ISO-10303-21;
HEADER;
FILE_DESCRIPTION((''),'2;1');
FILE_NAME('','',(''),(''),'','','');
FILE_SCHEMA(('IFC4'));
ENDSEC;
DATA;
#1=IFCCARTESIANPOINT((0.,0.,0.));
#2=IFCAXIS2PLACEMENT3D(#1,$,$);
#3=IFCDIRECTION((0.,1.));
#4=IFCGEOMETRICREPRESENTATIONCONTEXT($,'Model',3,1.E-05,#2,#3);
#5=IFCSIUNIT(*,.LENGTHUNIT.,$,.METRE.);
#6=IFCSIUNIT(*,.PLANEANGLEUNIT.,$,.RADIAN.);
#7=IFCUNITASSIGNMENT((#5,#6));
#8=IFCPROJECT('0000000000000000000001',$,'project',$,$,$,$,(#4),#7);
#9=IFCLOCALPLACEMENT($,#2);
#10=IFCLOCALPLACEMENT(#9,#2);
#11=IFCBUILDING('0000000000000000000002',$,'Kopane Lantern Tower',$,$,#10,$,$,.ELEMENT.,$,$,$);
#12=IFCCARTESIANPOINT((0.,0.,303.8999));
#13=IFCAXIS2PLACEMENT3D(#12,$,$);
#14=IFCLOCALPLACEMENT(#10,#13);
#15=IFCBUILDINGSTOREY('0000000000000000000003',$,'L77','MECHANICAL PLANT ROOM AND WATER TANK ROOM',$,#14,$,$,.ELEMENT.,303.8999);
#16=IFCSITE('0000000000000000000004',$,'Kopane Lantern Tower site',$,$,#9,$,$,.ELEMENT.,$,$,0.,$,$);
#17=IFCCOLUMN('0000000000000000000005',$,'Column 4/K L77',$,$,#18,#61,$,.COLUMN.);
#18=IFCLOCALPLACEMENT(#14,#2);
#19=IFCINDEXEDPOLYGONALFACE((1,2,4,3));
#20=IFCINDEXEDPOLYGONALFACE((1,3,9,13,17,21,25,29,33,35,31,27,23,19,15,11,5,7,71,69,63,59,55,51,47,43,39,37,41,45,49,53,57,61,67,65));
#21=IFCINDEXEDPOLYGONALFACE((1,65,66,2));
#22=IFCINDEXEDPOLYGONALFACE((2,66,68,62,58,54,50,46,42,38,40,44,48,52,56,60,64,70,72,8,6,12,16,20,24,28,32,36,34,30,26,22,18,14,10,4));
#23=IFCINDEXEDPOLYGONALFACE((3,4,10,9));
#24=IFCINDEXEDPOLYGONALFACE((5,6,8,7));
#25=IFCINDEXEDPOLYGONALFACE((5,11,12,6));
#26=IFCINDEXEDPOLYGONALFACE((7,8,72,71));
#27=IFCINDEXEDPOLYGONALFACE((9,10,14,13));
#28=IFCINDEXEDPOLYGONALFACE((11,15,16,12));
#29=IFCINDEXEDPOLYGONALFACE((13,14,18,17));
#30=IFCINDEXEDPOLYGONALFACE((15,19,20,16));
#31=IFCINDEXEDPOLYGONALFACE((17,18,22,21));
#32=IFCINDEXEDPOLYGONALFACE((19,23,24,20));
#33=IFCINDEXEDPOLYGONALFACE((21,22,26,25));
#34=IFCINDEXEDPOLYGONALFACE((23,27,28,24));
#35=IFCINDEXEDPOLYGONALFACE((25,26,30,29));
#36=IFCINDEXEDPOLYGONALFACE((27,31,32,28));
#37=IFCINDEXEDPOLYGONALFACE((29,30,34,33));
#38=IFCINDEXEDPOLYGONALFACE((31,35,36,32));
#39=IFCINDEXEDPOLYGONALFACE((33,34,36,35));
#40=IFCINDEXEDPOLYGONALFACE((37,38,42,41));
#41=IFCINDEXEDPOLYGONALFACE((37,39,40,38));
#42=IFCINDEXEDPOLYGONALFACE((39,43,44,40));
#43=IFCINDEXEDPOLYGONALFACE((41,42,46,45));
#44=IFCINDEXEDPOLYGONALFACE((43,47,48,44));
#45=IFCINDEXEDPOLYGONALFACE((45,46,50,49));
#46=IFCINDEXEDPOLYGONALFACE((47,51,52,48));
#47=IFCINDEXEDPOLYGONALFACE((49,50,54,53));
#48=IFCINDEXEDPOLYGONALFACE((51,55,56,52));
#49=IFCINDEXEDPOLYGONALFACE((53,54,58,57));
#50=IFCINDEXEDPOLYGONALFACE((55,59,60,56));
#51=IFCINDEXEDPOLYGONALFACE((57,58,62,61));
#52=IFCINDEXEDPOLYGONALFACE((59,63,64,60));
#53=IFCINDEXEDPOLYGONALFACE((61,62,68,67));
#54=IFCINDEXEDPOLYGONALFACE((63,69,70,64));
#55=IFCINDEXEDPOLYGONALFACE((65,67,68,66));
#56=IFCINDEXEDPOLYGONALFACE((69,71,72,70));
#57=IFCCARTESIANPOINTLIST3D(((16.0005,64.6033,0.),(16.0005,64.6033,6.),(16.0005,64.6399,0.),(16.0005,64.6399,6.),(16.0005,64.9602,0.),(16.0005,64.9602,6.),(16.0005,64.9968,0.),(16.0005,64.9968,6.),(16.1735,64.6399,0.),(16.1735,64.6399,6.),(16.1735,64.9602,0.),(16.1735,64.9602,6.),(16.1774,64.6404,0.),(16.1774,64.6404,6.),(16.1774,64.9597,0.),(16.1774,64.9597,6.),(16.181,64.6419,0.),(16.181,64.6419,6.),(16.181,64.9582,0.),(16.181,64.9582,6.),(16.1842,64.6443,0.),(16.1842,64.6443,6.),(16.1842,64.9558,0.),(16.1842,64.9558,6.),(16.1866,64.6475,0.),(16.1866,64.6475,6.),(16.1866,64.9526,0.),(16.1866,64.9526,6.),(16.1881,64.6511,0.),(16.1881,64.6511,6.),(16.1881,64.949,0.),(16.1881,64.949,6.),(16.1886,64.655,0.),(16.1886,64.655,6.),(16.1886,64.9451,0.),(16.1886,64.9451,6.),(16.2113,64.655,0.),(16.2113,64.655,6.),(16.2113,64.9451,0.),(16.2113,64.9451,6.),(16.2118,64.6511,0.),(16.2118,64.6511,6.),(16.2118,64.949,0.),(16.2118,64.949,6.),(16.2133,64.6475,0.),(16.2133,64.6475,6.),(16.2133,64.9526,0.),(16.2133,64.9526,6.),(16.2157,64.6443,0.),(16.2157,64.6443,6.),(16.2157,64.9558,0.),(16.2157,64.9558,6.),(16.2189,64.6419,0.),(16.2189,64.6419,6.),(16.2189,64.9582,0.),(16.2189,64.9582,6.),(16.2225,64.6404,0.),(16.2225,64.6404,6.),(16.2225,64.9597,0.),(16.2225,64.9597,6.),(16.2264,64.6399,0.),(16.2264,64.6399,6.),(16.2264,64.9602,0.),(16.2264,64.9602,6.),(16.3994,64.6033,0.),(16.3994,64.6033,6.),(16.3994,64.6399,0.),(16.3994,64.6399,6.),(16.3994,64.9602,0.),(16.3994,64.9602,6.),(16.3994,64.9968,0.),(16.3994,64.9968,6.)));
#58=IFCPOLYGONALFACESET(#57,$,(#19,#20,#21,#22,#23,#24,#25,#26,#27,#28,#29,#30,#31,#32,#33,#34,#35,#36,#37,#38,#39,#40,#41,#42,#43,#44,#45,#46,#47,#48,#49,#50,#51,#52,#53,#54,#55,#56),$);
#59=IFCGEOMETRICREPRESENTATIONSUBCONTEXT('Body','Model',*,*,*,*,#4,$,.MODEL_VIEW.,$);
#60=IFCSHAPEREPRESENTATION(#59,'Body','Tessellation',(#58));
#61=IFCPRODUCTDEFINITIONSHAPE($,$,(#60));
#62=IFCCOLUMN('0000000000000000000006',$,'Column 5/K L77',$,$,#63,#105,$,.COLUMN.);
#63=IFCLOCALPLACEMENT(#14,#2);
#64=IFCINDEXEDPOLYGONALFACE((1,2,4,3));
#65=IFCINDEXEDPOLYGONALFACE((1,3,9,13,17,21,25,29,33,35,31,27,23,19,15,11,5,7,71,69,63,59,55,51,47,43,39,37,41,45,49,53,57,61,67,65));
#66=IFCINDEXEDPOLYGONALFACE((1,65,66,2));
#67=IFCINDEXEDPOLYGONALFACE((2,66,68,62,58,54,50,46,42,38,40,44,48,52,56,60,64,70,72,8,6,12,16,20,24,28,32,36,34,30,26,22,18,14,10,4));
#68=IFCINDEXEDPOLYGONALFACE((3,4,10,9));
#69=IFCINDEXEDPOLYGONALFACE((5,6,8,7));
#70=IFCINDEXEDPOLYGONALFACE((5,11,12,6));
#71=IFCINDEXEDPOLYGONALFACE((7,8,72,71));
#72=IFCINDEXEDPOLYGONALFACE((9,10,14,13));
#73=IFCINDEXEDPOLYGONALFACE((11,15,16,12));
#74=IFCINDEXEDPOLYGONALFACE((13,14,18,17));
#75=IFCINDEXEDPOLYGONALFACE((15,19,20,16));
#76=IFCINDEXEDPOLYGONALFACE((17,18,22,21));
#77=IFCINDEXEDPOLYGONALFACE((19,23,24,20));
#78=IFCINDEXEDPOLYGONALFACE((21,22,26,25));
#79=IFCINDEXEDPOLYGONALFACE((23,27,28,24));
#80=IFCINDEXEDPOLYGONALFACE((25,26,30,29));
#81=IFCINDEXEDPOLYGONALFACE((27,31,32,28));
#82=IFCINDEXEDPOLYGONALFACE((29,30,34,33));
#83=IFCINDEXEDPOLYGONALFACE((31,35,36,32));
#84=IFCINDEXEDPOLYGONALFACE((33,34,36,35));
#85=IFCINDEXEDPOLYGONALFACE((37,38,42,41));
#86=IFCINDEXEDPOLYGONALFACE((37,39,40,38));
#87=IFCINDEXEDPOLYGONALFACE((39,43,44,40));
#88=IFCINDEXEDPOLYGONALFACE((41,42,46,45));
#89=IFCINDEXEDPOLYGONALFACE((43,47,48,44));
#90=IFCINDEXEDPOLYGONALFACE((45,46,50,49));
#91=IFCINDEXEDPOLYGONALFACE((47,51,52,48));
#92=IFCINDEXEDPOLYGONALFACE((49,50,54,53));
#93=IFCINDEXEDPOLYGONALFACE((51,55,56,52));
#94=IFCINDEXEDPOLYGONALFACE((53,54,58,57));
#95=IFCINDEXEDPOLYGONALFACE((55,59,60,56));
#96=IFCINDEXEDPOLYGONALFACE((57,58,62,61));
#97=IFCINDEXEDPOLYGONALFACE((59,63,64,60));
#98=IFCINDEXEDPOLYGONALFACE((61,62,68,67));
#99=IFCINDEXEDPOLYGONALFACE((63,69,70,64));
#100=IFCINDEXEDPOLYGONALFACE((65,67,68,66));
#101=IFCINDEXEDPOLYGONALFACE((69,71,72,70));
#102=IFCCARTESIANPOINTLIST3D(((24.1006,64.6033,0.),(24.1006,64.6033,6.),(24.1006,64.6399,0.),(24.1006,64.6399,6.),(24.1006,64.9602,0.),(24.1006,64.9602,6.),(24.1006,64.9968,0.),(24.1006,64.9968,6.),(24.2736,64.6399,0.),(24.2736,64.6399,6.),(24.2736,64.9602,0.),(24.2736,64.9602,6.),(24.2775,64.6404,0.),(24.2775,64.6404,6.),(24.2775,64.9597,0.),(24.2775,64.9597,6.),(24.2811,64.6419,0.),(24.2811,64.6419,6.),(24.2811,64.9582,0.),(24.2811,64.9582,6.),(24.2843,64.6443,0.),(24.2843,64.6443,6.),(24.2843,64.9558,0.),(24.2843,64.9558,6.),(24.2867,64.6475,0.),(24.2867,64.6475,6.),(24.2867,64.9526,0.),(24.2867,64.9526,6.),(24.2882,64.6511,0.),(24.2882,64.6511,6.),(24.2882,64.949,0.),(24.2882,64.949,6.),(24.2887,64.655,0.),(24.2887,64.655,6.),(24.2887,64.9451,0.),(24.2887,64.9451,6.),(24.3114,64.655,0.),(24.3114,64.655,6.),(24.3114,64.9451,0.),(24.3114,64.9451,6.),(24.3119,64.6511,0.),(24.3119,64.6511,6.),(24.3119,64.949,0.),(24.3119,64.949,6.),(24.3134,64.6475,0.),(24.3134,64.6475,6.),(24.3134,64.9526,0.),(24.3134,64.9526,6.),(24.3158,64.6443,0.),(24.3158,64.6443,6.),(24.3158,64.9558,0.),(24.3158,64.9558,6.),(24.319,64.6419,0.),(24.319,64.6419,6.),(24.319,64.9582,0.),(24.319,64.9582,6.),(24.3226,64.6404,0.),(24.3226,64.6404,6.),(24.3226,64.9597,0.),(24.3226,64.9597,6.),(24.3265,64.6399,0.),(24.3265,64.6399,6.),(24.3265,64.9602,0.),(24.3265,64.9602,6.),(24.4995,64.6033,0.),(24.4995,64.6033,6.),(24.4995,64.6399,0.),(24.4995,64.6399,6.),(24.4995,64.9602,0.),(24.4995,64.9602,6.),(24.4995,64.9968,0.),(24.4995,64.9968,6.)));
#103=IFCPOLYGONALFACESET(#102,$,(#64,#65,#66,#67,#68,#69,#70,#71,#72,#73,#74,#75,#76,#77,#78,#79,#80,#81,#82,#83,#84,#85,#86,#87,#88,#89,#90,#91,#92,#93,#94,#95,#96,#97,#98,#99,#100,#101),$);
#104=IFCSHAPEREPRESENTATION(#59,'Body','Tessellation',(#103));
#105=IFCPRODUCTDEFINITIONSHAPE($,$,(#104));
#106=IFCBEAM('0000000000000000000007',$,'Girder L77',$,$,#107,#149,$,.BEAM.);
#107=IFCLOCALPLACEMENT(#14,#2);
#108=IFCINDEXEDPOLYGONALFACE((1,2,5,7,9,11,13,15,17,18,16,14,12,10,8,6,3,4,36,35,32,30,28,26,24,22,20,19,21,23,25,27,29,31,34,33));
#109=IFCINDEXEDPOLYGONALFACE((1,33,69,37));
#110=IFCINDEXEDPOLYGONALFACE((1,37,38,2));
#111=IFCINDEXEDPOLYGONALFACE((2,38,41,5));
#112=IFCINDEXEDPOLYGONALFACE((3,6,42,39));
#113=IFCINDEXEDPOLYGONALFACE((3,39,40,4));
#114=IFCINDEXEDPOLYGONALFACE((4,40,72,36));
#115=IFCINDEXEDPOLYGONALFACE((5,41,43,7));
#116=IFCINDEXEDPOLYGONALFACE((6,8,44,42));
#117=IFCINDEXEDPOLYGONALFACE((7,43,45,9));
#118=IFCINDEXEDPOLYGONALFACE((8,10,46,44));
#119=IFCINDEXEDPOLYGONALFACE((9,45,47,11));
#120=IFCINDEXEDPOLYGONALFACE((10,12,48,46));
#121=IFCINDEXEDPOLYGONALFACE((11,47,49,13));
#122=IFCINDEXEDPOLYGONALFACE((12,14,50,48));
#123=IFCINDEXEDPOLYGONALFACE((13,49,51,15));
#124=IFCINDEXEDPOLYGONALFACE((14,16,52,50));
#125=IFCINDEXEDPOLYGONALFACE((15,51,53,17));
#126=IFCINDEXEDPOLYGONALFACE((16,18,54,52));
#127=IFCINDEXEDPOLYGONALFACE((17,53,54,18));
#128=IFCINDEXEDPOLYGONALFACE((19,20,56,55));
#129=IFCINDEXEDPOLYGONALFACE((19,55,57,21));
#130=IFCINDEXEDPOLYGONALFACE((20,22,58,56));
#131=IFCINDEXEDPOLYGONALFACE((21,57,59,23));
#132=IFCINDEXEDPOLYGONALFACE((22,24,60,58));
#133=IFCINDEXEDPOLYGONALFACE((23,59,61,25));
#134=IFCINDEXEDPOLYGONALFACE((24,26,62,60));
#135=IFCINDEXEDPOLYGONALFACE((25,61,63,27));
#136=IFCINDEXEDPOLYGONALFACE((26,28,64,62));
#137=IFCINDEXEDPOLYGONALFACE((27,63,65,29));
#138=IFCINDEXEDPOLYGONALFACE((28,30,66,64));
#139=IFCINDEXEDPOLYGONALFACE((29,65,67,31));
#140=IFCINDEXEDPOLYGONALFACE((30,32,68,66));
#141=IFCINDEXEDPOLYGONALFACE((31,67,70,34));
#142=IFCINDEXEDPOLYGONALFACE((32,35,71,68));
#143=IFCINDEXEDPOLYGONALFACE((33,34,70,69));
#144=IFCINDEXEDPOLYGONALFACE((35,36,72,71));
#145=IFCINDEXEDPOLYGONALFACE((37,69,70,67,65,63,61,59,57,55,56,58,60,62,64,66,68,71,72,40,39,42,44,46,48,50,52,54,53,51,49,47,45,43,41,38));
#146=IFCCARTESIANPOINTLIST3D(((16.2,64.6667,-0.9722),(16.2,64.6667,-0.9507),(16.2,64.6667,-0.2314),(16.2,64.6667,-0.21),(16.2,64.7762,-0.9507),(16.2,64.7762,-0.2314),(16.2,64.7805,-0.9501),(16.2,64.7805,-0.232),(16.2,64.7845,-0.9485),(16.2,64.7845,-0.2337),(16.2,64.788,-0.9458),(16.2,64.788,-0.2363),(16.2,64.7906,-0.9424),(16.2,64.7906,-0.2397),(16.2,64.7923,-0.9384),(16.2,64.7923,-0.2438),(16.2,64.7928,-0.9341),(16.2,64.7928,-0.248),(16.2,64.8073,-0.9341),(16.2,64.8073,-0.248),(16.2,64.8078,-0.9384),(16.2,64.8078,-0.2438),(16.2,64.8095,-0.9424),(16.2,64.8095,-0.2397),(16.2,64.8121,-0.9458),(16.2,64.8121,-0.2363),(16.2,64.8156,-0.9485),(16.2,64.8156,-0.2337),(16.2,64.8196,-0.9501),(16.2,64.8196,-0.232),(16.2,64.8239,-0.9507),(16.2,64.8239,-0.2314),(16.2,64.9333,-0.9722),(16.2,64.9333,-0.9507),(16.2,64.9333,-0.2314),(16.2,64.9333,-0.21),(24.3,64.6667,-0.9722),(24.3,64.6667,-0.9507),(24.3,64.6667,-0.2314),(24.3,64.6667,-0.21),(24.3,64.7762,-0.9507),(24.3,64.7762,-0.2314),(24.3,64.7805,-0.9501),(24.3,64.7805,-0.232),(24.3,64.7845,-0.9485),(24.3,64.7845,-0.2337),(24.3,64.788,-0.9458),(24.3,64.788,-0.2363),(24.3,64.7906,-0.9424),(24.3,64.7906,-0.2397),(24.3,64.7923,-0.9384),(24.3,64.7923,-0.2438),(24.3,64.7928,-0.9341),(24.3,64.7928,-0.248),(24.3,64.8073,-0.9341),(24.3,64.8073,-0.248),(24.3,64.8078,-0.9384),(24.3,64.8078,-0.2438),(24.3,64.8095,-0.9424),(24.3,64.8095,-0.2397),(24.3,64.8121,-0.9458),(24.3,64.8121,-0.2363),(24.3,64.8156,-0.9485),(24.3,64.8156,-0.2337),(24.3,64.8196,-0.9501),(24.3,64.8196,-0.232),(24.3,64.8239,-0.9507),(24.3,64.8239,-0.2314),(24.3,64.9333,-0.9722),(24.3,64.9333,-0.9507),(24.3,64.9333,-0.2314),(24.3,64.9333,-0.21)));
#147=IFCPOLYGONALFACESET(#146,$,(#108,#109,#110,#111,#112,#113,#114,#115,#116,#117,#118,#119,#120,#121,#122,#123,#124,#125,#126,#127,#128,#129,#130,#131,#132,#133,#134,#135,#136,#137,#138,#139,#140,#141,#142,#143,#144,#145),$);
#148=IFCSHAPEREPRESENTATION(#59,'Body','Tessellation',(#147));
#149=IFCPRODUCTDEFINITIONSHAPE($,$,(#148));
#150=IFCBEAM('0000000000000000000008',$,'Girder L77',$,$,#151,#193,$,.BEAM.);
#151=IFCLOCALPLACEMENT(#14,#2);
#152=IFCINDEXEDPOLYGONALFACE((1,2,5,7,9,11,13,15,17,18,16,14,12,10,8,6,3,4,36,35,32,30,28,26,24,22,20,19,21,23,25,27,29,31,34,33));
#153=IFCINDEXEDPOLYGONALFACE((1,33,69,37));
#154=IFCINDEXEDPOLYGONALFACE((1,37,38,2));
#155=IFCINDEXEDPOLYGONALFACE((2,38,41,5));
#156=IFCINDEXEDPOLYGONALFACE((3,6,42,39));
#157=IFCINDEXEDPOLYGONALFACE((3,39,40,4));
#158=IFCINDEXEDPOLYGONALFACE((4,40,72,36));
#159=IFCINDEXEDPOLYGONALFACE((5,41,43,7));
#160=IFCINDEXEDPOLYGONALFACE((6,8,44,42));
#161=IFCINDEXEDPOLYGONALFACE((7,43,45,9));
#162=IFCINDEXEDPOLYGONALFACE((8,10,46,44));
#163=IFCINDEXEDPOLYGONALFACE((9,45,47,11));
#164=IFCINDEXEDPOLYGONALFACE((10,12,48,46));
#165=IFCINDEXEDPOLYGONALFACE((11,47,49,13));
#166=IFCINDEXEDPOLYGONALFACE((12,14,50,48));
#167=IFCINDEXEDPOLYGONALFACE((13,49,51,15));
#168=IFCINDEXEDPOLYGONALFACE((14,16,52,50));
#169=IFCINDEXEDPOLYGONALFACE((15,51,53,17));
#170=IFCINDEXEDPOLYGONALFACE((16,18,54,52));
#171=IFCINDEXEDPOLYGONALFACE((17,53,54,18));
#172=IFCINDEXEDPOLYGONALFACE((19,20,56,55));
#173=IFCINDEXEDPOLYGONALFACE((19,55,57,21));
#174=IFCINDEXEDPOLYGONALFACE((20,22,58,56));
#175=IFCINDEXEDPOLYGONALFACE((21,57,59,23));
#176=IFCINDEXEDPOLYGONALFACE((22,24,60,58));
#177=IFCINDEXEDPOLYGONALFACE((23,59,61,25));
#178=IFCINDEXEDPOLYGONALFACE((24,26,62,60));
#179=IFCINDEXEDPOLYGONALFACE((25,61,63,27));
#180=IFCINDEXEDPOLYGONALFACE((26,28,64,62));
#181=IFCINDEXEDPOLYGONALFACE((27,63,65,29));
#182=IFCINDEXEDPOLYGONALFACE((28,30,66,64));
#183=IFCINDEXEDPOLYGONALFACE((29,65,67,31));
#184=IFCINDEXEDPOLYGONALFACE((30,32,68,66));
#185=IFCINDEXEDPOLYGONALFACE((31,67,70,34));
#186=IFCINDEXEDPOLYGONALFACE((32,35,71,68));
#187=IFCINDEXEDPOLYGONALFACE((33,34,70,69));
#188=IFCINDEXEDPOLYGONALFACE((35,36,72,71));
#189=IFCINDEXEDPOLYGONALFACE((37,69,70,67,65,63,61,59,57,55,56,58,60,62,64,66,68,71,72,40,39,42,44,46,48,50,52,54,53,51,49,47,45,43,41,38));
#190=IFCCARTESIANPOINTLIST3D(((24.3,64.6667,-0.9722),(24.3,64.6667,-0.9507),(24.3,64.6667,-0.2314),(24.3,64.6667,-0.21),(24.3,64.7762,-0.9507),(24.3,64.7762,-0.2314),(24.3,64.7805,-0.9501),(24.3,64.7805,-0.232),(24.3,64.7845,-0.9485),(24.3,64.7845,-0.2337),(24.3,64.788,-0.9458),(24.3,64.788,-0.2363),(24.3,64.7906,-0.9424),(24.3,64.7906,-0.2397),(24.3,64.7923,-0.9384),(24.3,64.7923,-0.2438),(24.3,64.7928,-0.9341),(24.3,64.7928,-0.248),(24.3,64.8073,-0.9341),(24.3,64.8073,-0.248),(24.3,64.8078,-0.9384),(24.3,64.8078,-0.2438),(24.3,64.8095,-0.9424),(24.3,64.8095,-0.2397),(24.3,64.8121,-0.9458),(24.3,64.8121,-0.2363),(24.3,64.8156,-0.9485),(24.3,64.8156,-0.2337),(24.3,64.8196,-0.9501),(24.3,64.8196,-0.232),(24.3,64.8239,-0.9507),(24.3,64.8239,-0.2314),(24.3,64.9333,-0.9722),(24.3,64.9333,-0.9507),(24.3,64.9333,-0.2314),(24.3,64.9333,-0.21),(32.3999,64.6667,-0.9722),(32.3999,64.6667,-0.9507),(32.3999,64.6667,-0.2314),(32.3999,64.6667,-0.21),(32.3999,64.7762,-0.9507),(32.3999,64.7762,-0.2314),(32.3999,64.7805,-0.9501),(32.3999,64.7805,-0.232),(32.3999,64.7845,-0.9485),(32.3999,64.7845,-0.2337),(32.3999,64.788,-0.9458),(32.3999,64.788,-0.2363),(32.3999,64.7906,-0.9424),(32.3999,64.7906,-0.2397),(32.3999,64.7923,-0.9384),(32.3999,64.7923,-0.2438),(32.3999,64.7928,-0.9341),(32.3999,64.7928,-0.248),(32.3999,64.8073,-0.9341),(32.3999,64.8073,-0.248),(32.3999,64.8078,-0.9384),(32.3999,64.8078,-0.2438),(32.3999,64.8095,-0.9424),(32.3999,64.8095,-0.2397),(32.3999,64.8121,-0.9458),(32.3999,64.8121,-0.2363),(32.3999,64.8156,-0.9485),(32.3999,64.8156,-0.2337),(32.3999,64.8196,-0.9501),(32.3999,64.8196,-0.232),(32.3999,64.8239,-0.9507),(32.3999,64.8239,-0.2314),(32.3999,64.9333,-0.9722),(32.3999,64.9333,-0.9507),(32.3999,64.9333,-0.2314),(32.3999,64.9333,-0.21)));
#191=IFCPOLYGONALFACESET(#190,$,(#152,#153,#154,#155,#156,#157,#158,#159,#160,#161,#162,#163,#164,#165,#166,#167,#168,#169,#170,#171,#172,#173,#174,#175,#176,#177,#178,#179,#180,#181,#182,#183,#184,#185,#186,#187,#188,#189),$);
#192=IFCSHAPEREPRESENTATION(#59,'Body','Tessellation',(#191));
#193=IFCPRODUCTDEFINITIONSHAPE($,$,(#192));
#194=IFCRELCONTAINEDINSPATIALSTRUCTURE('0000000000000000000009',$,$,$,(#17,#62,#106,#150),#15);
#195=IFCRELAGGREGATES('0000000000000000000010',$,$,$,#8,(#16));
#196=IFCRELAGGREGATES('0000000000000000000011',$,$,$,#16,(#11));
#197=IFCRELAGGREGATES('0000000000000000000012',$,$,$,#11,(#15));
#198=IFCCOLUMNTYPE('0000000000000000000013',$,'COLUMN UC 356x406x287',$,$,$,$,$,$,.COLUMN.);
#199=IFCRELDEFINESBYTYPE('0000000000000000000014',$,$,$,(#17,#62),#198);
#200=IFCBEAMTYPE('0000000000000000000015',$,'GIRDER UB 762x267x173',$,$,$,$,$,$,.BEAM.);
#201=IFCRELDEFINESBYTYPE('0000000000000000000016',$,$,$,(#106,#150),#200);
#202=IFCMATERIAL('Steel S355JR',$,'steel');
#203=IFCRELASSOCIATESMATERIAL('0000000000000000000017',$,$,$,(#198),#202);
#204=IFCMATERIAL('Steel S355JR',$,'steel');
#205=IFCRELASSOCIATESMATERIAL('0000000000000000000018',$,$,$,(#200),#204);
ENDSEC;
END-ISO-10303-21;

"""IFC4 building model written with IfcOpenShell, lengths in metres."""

from ifc_helpers import new_model, si_unit, direction, frame, origin, origin_2d, place, context, subcontext, project, spatial, i_section, extrude, material, material_profile, profile_set, type_object, element, save


model = new_model("IFC4")

# Units and contexts
model_context = context("Model", 3, precision=1e-05, world=origin(), true_north=direction((0.0, 1.0)))
body_context = subcontext(model_context, "Body", "Model", "MODEL_VIEW")
ifc_project = project(units=[si_unit("LENGTHUNIT", "METRE"), si_unit("PLANEANGLEUNIT", "RADIAN")], contexts=[model_context])

# Site, building, storey
site_placement = place(None, origin())
site = spatial("IfcSite", under=ifc_project, at=site_placement, Name="Kopane Lantern Tower site", CompositionType="ELEMENT", RefElevation=0.0)
building_placement = place(site_placement, origin())
building = spatial("IfcBuilding", under=site, at=building_placement, Name="Kopane Lantern Tower", CompositionType="ELEMENT")
storey_placement = place(building_placement, frame((0.0, 0.0, 303.8999)))
storey = spatial("IfcBuildingStorey", under=building, at=storey_placement, Name="L77", Description="MECHANICAL PLANT ROOM AND WATER TANK ROOM", CompositionType="ELEMENT", Elevation=303.8999)

# Columns
ifc_material_1 = material(Name="Steel S355JR", Category="steel")
ifc_material_profile_1 = material_profile(ifc_material_1, i_section(OverallWidth=0.3989, OverallDepth=0.3936, WebThickness=0.0227, FlangeThickness=0.0366, FilletRadius=0.0151, at=origin_2d()), Name="UC 356x406x287")
ifc_profile_set_1 = profile_set([ifc_material_profile_1], Name="Steel S355JR")
column_type = type_object("IfcColumnType", Name="COLUMN UC 356x406x287", PredefinedType="COLUMN", material=ifc_profile_set_1)
for number, where, z_axis, x_axis, name in (
    (1, (16.2, 64.8, 0.0), (0.0, 0.0, 1.0), (1.0, 0.0, 0.0), "Column 4/K L77"),
    (2, (24.3, 64.8, 0.0), (0.0, 0.0, 1.0), (1.0, 0.0, 0.0), "Column 5/K L77"),
):
    element("IfcColumn", number, at=place(storey_placement, frame(where, z_axis=z_axis, x_axis=x_axis)), inside=storey, type_object=column_type, Name=name, PredefinedType="COLUMN", context=body_context, shape_type="SweptSolid", body=[
        extrude(i_section(OverallWidth=0.3989, OverallDepth=0.3936, WebThickness=0.0227, FlangeThickness=0.0366, FilletRadius=0.0151, at=origin_2d()), origin(), (0.0, 0.0, 1.0), 6.0),
    ])

# Beams
ifc_material_2 = material(Name="Steel S355JR", Category="steel")
ifc_material_profile_2 = material_profile(ifc_material_2, i_section(OverallWidth=0.2666, OverallDepth=0.7622, WebThickness=0.0144, FlangeThickness=0.0215, FilletRadius=0.0166, at=origin_2d()), Name="UB 762x267x173")
ifc_profile_set_2 = profile_set([ifc_material_profile_2], Name="Steel S355JR")
beam_type_1 = type_object("IfcBeamType", Name="GIRDER UB 762x267x173", PredefinedType="BEAM", material=ifc_profile_set_2)
beam_1_placement = place(storey_placement, frame((16.2, 64.8, -0.5911), z_axis=(1.0, 0.0, 0.0), x_axis=(0.0, 1.0, 0.0)))
element("IfcBeam", 3, at=beam_1_placement, inside=storey, type_object=beam_type_1, Name="Girder L77", PredefinedType="BEAM", context=body_context, shape_type="SweptSolid", body=[
    extrude(i_section(OverallWidth=0.2666, OverallDepth=0.7622, WebThickness=0.0144, FlangeThickness=0.0215, FilletRadius=0.0166, at=origin_2d()), origin(), (0.0, 0.0, 1.0), 8.1001),
])
beam_2_placement = place(storey_placement, frame((24.3, 64.8, -0.5911), z_axis=(1.0, 0.0, 0.0), x_axis=(0.0, 1.0, 0.0)))
element("IfcBeam", 4, at=beam_2_placement, inside=storey, type_object=beam_type_1, Name="Girder L77", PredefinedType="BEAM", context=body_context, shape_type="SweptSolid", body=[
    extrude(i_section(OverallWidth=0.2666, OverallDepth=0.7622, WebThickness=0.0144, FlangeThickness=0.0215, FilletRadius=0.0166, at=origin_2d()), origin(), (0.0, 0.0, 1.0), 8.0999),
])

save(model, "model.ifc")
